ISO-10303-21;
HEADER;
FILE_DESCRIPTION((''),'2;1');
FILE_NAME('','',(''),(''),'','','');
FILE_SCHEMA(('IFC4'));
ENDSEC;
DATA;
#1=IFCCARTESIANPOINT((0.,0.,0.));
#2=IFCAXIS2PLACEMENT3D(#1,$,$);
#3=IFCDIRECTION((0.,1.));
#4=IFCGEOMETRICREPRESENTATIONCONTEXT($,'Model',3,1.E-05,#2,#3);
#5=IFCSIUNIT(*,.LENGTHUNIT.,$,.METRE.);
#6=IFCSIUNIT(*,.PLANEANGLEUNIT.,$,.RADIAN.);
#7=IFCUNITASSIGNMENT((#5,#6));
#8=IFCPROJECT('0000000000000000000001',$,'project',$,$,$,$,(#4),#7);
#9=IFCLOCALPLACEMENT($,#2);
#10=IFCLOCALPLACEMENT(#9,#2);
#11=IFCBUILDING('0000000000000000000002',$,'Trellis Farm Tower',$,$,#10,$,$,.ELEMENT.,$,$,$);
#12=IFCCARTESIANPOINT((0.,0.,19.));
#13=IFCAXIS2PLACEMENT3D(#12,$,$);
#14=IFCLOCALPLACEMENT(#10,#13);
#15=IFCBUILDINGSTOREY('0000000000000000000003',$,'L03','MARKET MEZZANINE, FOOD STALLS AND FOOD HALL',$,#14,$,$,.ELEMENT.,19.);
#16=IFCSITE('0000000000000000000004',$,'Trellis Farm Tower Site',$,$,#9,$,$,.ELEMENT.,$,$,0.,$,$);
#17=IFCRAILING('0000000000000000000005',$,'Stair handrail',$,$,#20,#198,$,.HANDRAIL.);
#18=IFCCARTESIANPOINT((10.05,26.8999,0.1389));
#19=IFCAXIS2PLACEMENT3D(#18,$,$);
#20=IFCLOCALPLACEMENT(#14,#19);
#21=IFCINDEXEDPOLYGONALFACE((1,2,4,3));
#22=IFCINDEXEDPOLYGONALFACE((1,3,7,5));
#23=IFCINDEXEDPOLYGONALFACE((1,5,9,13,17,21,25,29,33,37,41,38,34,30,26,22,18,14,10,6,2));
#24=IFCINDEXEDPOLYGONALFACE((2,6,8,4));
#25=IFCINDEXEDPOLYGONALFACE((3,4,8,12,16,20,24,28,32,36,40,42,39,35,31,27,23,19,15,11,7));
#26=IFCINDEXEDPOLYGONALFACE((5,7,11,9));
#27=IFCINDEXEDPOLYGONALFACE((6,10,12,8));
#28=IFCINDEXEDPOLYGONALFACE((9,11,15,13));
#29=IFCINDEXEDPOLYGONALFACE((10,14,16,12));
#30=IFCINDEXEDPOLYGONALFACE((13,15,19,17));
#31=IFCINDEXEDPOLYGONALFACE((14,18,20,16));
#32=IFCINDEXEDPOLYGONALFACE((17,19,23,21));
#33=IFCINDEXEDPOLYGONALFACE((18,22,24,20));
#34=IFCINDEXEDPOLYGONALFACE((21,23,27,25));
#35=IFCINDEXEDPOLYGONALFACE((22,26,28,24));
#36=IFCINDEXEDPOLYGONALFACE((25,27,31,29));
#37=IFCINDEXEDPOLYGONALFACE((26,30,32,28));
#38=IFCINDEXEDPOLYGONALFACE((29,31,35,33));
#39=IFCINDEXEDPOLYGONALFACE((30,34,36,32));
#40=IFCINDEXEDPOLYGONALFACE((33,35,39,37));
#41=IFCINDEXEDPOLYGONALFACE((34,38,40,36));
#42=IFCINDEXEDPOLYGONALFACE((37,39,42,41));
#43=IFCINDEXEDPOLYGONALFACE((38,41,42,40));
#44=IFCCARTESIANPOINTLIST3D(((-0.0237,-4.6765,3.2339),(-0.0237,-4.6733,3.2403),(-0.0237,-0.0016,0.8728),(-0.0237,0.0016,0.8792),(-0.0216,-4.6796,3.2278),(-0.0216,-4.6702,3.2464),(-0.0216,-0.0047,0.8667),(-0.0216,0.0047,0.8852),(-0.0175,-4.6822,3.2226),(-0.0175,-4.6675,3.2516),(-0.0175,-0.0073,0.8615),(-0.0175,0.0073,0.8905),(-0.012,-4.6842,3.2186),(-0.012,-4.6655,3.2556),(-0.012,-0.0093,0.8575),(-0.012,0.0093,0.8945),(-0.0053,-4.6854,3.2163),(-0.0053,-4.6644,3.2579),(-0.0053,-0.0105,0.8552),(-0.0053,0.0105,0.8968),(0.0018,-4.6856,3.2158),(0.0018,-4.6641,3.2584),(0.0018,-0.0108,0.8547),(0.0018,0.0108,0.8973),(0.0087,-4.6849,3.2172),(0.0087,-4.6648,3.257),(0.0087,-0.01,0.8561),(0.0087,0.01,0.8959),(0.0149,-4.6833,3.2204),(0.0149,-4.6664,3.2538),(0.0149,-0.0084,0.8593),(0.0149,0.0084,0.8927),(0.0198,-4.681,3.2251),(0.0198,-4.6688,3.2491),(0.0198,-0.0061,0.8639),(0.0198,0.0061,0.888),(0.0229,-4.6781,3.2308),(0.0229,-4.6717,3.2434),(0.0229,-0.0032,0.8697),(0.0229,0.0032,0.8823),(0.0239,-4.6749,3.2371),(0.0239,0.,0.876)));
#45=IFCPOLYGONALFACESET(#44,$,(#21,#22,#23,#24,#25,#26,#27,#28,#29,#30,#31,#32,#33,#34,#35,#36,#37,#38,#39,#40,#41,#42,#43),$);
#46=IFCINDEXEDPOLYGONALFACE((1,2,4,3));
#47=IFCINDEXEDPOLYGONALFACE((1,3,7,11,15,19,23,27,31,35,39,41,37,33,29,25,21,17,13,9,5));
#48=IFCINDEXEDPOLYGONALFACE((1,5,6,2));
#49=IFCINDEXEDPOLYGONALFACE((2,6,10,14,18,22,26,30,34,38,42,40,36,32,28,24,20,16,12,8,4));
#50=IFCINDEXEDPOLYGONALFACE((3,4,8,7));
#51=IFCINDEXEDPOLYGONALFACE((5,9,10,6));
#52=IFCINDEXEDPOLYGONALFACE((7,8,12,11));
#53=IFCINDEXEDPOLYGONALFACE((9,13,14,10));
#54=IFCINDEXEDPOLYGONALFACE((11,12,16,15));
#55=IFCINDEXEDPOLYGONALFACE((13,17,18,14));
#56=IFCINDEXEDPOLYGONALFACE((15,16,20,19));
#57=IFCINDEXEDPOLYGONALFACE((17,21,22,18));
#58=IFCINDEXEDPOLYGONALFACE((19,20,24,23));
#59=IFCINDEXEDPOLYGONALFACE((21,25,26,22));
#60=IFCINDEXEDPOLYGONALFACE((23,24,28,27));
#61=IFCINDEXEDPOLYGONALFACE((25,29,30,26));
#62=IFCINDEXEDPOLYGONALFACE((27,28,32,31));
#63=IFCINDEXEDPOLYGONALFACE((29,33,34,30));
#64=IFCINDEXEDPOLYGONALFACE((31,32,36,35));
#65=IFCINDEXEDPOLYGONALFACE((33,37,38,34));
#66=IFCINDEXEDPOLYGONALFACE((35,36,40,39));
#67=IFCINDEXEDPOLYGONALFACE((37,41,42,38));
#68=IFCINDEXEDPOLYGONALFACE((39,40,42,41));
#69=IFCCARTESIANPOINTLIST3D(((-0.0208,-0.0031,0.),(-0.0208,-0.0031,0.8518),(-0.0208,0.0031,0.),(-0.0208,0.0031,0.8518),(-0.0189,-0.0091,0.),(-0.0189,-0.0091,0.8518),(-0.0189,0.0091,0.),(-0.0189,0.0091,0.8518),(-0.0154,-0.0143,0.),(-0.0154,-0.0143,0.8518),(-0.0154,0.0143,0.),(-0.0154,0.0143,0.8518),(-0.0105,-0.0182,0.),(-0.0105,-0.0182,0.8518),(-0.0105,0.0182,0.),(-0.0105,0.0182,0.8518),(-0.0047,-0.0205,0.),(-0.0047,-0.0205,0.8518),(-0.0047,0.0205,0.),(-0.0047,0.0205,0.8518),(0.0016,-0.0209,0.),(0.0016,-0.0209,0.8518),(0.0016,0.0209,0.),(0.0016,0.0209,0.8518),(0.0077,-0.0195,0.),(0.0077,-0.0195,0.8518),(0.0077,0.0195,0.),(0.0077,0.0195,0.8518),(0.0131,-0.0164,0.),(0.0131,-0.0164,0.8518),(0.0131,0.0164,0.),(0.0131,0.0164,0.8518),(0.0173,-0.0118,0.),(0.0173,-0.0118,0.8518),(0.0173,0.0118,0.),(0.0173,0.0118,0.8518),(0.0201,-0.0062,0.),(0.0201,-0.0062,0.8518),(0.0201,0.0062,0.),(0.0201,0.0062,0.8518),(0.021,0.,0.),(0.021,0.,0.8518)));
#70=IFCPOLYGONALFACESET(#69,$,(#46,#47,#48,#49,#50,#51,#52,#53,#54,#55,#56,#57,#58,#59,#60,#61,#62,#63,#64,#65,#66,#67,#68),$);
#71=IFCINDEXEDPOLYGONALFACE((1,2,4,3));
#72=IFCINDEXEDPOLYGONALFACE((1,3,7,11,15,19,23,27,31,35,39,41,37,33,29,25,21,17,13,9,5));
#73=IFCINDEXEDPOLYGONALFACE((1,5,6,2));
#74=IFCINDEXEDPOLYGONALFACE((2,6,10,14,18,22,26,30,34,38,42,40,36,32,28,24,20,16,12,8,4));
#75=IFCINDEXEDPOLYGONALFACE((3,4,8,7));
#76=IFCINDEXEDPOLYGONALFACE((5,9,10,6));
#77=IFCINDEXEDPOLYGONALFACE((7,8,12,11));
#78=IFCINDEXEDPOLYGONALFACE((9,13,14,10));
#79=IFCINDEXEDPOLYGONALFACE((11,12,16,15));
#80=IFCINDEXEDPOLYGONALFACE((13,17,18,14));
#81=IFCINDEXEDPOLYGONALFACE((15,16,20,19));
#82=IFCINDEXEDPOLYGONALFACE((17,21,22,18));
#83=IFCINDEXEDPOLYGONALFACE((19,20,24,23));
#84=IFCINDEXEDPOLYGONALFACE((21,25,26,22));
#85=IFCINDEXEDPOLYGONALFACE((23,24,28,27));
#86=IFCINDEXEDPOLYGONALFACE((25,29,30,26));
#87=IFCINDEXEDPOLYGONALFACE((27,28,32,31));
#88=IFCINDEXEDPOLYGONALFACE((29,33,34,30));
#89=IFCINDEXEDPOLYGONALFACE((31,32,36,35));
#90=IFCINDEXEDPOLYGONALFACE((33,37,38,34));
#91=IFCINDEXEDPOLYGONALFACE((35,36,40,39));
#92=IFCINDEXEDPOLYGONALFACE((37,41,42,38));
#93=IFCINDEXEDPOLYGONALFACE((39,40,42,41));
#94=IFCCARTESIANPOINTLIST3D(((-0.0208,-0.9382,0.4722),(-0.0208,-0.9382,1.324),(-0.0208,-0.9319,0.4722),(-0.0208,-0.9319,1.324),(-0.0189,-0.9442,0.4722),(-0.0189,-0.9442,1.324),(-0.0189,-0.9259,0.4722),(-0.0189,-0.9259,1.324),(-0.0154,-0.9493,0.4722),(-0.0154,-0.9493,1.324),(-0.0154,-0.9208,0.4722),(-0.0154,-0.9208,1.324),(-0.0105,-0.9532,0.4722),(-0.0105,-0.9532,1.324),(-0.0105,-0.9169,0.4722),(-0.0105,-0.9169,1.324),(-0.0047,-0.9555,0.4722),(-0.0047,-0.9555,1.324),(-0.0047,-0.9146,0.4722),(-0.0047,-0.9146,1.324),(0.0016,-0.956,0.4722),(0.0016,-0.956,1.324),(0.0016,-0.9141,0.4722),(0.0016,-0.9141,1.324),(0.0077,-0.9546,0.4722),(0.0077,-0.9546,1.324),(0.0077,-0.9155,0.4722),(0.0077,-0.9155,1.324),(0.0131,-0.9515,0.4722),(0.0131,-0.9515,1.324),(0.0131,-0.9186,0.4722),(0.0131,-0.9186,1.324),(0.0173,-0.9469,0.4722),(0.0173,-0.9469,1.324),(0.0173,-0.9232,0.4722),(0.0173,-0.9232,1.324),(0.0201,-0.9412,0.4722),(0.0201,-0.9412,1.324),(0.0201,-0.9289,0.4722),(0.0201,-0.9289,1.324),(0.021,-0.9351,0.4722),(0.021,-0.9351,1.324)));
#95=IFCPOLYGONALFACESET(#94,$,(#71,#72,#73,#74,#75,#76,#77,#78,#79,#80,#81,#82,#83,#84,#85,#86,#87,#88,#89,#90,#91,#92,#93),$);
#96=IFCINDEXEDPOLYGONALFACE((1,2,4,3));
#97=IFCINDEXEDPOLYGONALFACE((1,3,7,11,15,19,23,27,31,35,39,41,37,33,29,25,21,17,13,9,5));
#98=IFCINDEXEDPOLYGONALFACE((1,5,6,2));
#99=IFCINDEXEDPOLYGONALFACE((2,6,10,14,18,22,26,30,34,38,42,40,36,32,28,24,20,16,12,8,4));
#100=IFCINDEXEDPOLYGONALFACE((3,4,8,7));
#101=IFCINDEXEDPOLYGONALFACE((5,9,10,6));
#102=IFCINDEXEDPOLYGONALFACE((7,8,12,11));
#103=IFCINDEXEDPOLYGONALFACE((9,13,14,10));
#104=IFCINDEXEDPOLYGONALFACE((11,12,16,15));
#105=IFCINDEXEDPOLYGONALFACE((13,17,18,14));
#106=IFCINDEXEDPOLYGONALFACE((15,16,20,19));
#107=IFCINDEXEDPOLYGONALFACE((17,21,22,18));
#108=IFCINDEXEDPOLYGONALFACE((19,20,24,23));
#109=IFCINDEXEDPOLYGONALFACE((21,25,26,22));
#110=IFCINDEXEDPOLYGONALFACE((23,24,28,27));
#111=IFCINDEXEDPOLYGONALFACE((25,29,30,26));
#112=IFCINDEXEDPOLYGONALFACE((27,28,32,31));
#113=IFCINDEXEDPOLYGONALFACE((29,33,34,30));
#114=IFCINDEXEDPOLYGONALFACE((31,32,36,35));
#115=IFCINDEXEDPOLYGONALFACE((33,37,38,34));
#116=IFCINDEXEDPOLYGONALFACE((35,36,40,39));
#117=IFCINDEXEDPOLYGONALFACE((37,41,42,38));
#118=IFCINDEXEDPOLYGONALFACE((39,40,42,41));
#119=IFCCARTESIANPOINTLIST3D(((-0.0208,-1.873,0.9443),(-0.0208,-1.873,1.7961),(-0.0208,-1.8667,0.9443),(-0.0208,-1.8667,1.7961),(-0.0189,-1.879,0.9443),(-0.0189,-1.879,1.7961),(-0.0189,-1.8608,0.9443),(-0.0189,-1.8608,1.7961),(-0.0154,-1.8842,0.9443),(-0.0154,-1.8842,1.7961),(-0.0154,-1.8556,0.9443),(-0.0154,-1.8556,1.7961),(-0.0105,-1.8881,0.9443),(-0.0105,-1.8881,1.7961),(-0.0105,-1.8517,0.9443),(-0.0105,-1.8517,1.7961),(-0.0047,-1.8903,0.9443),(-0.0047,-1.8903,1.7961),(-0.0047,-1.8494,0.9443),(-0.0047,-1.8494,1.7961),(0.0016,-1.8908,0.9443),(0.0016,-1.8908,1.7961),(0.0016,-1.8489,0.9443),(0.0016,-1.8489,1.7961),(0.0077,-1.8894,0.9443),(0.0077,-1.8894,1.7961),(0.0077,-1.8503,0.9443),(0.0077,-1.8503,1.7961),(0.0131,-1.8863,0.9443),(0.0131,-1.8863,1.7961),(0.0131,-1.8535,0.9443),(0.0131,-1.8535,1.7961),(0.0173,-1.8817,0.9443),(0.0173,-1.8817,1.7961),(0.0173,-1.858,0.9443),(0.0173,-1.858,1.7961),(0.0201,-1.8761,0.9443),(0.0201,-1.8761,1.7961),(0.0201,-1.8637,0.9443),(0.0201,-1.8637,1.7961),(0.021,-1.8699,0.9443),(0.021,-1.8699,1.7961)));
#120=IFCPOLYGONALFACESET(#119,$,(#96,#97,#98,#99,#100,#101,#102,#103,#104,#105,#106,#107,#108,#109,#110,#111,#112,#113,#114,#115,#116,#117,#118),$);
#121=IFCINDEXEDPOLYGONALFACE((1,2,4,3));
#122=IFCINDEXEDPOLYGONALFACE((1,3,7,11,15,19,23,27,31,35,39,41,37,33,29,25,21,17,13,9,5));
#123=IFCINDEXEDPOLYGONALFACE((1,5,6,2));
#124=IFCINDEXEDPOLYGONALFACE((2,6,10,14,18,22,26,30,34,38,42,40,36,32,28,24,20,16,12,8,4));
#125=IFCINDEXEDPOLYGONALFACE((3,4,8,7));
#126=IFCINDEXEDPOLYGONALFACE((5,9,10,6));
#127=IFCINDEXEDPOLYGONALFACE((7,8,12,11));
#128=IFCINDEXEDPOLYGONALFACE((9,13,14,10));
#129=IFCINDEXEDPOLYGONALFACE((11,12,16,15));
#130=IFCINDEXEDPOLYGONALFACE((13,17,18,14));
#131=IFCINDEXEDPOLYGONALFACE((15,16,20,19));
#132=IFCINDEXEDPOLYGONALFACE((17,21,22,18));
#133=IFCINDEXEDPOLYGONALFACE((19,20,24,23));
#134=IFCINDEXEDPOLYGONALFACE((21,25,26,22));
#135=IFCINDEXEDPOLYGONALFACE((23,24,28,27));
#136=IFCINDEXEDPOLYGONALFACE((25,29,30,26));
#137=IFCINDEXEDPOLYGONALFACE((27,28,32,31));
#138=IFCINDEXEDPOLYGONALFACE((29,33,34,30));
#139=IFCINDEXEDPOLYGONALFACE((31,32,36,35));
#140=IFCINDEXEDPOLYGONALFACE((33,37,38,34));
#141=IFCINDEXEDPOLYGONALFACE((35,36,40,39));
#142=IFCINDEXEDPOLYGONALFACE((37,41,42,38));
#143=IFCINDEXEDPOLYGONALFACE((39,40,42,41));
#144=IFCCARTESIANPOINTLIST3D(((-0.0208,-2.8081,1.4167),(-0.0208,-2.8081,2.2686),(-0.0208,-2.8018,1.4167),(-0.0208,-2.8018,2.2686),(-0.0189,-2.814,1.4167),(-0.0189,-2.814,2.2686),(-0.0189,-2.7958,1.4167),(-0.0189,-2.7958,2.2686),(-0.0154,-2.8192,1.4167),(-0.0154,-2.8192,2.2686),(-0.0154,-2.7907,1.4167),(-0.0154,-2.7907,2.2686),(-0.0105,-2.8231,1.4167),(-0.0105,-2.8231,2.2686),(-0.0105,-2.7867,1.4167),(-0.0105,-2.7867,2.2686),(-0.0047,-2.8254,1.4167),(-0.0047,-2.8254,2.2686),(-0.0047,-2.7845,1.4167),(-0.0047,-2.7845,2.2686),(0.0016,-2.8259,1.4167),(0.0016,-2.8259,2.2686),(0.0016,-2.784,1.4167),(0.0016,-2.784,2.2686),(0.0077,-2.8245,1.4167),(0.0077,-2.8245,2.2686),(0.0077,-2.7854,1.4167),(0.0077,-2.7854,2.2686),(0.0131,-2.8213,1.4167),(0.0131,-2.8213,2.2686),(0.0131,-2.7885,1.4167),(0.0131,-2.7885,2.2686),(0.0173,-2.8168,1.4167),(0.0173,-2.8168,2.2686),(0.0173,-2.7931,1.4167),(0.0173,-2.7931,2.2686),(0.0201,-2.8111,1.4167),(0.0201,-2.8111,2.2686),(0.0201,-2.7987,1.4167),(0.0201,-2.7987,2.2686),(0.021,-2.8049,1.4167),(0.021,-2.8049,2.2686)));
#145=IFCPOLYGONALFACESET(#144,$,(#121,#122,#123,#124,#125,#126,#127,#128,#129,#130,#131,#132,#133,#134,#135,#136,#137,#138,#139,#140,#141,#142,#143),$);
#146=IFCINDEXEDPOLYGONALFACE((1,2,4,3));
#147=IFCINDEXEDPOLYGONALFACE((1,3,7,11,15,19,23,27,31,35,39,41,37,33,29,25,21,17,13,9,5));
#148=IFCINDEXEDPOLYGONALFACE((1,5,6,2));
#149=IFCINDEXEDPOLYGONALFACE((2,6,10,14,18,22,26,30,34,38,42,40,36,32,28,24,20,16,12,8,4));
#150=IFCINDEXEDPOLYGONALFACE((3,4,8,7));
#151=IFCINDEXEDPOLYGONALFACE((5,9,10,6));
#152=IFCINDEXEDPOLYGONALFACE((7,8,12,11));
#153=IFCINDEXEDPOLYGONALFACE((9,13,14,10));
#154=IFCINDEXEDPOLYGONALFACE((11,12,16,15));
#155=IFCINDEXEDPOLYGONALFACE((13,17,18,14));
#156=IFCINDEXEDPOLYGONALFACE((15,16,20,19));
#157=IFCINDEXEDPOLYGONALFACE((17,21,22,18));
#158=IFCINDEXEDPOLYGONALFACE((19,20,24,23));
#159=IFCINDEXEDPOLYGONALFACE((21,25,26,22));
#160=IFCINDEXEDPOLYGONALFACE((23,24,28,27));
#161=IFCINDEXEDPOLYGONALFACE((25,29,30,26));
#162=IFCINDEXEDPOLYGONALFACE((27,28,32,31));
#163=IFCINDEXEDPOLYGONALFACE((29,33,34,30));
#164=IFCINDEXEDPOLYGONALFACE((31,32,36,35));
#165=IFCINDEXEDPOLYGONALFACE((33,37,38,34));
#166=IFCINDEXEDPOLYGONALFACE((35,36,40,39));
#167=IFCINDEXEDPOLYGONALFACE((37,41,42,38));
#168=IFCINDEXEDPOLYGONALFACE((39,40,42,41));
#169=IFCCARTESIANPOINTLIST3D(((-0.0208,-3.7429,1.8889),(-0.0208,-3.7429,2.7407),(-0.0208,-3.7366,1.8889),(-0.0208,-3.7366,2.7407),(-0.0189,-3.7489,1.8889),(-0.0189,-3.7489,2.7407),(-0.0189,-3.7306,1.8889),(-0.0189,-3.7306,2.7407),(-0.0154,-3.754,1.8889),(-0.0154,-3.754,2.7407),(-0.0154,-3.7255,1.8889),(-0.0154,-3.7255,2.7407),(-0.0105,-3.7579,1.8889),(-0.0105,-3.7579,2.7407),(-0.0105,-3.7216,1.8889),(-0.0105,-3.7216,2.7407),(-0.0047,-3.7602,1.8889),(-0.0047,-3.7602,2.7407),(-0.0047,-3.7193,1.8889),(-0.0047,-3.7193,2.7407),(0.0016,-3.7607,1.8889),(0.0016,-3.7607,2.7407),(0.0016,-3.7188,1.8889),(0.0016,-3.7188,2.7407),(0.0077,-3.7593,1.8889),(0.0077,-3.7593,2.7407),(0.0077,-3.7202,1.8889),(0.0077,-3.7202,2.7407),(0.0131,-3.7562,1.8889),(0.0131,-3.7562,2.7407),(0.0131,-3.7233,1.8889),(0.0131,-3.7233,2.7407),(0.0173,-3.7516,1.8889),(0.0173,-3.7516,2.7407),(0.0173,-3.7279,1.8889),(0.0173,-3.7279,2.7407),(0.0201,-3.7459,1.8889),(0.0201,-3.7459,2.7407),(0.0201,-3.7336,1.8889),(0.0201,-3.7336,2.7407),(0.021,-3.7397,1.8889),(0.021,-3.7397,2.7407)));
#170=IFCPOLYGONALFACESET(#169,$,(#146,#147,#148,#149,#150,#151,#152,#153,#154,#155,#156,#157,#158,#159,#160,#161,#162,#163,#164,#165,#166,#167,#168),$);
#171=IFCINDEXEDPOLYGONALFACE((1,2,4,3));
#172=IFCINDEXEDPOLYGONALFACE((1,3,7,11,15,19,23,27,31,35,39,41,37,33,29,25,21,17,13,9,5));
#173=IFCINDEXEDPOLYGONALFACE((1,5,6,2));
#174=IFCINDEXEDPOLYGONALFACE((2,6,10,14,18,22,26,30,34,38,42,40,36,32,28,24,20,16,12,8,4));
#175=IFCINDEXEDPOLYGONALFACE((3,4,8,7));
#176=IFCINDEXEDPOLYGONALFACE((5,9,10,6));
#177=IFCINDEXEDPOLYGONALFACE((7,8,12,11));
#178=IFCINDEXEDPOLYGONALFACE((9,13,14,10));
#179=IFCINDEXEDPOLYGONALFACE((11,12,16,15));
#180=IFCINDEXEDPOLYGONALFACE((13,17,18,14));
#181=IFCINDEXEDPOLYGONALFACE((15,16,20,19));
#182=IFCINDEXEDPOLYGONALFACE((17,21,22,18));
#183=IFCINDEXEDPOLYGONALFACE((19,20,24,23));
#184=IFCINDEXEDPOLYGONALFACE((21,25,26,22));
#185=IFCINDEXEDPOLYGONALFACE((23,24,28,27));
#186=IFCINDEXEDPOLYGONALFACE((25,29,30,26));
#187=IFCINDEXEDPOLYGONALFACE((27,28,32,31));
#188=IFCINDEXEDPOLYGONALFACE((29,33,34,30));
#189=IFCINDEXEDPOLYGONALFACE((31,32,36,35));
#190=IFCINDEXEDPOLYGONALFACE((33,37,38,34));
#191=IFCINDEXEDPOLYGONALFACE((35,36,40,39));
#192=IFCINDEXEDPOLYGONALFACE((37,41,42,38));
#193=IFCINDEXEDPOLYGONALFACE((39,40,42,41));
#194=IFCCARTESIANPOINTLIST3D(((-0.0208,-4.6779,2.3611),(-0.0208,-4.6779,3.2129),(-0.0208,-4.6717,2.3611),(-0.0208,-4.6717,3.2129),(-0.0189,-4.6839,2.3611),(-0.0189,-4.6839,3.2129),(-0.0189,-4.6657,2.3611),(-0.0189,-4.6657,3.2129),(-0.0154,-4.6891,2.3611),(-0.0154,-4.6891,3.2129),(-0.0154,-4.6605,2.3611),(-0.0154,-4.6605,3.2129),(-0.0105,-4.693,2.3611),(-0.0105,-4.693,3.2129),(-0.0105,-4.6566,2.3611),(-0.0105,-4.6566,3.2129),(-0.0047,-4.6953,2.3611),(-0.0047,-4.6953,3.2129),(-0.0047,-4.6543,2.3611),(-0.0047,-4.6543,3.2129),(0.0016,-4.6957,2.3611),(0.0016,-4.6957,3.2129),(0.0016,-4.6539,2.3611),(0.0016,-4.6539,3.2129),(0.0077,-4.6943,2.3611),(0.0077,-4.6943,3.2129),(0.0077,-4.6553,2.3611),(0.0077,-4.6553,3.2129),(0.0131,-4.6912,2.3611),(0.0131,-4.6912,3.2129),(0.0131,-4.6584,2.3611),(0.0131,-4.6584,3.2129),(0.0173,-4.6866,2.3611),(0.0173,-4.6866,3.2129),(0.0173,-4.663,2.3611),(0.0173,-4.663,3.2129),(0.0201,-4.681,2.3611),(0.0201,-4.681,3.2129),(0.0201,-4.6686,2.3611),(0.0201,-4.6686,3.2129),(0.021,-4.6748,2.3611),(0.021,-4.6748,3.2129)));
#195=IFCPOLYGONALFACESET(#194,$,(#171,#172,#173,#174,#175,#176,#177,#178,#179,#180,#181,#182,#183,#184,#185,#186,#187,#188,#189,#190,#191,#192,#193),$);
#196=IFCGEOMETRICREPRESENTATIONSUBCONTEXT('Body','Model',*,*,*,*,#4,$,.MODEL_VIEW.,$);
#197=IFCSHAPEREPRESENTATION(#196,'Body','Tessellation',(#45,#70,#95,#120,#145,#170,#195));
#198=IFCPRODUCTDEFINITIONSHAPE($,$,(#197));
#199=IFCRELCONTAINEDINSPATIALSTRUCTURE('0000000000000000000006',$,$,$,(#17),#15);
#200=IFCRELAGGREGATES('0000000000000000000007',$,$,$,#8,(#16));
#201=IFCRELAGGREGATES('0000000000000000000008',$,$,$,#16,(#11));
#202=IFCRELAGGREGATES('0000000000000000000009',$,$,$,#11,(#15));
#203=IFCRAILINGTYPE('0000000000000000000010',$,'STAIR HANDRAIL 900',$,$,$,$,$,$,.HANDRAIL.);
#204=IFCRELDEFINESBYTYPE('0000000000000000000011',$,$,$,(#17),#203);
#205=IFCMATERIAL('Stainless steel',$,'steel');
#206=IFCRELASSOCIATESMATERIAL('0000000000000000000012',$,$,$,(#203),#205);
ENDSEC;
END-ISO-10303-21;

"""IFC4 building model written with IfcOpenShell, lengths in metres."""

from ifc_helpers import new_model, si_unit, direction, frame, origin, origin_2d, place, context, subcontext, project, spatial, circle, extrude, source, transform, mapped, material, type_object, element, save


model = new_model("IFC4")

# Units and contexts
model_context = context("Model", 3, precision=1e-05, world=origin(), true_north=direction((0.0, 1.0)))
body_context = subcontext(model_context, "Body", "Model", "MODEL_VIEW")
ifc_project = project(units=[si_unit("LENGTHUNIT", "METRE"), si_unit("PLANEANGLEUNIT", "RADIAN")], contexts=[model_context])

# Site, building, storey
site_placement = place(None, origin())
site = spatial("IfcSite", under=ifc_project, at=site_placement, Name="Trellis Farm Tower Site", CompositionType="ELEMENT", RefElevation=0.0)
building_placement = place(site_placement, origin())
building = spatial("IfcBuilding", under=site, at=building_placement, Name="Trellis Farm Tower", CompositionType="ELEMENT")
storey_placement = place(building_placement, frame((0.0, 0.0, 19.0)))
storey = spatial("IfcBuildingStorey", under=building, at=storey_placement, Name="L03", Description="MARKET MEZZANINE, FOOD STALLS AND FOOD HALL", CompositionType="ELEMENT", Elevation=19.0)

# Railing
ifc_material_1 = material(Name="Stainless steel", Category="steel")
railing_type = type_object("IfcRailingType", Name="STAIR HANDRAIL 900", PredefinedType="HANDRAIL", material=ifc_material_1)
shared_shape_1 = source(origin(), body_context, "Body", "SweptSolid", [
    extrude(circle(Radius=0.0239, at=origin_2d()), frame((0.0, 0.0, 0.876), z_axis=(0.0, -0.892611, 0.450827), x_axis=(1.0, 0.0, 0.0)), (0.0, 0.0, 1.0), 5.2373),
    extrude(circle(Radius=0.021, at=origin_2d()), origin(), (0.0, 0.0, 1.0), 0.8518),
    extrude(circle(Radius=0.021, at=origin_2d()), frame((0.0, -0.9351, 0.4722)), (0.0, 0.0, 1.0), 0.8518),
    extrude(circle(Radius=0.021, at=origin_2d()), frame((0.0, -1.8699, 0.9443)), (0.0, 0.0, 1.0), 0.8518),
    extrude(circle(Radius=0.021, at=origin_2d()), frame((0.0, -2.8049, 1.4167)), (0.0, 0.0, 1.0), 0.8518),
    extrude(circle(Radius=0.021, at=origin_2d()), frame((0.0, -3.7397, 1.8889)), (0.0, 0.0, 1.0), 0.8518),
    extrude(circle(Radius=0.021, at=origin_2d()), frame((0.0, -4.6748, 2.3611)), (0.0, 0.0, 1.0), 0.8518),
])
for number, where, name in (
    (1, (10.05, 26.8999, 0.1389), "Stair handrail"),
):
    element("IfcRailing", number, at=place(storey_placement, frame(where)), inside=storey, type_object=railing_type, Name=name, PredefinedType="HANDRAIL", context=body_context, shape_type="MappedRepresentation", body=[
        mapped(shared_shape_1, transform((0.0, 0.0, 0.0))),
    ])

save(model, "model.ifc")
